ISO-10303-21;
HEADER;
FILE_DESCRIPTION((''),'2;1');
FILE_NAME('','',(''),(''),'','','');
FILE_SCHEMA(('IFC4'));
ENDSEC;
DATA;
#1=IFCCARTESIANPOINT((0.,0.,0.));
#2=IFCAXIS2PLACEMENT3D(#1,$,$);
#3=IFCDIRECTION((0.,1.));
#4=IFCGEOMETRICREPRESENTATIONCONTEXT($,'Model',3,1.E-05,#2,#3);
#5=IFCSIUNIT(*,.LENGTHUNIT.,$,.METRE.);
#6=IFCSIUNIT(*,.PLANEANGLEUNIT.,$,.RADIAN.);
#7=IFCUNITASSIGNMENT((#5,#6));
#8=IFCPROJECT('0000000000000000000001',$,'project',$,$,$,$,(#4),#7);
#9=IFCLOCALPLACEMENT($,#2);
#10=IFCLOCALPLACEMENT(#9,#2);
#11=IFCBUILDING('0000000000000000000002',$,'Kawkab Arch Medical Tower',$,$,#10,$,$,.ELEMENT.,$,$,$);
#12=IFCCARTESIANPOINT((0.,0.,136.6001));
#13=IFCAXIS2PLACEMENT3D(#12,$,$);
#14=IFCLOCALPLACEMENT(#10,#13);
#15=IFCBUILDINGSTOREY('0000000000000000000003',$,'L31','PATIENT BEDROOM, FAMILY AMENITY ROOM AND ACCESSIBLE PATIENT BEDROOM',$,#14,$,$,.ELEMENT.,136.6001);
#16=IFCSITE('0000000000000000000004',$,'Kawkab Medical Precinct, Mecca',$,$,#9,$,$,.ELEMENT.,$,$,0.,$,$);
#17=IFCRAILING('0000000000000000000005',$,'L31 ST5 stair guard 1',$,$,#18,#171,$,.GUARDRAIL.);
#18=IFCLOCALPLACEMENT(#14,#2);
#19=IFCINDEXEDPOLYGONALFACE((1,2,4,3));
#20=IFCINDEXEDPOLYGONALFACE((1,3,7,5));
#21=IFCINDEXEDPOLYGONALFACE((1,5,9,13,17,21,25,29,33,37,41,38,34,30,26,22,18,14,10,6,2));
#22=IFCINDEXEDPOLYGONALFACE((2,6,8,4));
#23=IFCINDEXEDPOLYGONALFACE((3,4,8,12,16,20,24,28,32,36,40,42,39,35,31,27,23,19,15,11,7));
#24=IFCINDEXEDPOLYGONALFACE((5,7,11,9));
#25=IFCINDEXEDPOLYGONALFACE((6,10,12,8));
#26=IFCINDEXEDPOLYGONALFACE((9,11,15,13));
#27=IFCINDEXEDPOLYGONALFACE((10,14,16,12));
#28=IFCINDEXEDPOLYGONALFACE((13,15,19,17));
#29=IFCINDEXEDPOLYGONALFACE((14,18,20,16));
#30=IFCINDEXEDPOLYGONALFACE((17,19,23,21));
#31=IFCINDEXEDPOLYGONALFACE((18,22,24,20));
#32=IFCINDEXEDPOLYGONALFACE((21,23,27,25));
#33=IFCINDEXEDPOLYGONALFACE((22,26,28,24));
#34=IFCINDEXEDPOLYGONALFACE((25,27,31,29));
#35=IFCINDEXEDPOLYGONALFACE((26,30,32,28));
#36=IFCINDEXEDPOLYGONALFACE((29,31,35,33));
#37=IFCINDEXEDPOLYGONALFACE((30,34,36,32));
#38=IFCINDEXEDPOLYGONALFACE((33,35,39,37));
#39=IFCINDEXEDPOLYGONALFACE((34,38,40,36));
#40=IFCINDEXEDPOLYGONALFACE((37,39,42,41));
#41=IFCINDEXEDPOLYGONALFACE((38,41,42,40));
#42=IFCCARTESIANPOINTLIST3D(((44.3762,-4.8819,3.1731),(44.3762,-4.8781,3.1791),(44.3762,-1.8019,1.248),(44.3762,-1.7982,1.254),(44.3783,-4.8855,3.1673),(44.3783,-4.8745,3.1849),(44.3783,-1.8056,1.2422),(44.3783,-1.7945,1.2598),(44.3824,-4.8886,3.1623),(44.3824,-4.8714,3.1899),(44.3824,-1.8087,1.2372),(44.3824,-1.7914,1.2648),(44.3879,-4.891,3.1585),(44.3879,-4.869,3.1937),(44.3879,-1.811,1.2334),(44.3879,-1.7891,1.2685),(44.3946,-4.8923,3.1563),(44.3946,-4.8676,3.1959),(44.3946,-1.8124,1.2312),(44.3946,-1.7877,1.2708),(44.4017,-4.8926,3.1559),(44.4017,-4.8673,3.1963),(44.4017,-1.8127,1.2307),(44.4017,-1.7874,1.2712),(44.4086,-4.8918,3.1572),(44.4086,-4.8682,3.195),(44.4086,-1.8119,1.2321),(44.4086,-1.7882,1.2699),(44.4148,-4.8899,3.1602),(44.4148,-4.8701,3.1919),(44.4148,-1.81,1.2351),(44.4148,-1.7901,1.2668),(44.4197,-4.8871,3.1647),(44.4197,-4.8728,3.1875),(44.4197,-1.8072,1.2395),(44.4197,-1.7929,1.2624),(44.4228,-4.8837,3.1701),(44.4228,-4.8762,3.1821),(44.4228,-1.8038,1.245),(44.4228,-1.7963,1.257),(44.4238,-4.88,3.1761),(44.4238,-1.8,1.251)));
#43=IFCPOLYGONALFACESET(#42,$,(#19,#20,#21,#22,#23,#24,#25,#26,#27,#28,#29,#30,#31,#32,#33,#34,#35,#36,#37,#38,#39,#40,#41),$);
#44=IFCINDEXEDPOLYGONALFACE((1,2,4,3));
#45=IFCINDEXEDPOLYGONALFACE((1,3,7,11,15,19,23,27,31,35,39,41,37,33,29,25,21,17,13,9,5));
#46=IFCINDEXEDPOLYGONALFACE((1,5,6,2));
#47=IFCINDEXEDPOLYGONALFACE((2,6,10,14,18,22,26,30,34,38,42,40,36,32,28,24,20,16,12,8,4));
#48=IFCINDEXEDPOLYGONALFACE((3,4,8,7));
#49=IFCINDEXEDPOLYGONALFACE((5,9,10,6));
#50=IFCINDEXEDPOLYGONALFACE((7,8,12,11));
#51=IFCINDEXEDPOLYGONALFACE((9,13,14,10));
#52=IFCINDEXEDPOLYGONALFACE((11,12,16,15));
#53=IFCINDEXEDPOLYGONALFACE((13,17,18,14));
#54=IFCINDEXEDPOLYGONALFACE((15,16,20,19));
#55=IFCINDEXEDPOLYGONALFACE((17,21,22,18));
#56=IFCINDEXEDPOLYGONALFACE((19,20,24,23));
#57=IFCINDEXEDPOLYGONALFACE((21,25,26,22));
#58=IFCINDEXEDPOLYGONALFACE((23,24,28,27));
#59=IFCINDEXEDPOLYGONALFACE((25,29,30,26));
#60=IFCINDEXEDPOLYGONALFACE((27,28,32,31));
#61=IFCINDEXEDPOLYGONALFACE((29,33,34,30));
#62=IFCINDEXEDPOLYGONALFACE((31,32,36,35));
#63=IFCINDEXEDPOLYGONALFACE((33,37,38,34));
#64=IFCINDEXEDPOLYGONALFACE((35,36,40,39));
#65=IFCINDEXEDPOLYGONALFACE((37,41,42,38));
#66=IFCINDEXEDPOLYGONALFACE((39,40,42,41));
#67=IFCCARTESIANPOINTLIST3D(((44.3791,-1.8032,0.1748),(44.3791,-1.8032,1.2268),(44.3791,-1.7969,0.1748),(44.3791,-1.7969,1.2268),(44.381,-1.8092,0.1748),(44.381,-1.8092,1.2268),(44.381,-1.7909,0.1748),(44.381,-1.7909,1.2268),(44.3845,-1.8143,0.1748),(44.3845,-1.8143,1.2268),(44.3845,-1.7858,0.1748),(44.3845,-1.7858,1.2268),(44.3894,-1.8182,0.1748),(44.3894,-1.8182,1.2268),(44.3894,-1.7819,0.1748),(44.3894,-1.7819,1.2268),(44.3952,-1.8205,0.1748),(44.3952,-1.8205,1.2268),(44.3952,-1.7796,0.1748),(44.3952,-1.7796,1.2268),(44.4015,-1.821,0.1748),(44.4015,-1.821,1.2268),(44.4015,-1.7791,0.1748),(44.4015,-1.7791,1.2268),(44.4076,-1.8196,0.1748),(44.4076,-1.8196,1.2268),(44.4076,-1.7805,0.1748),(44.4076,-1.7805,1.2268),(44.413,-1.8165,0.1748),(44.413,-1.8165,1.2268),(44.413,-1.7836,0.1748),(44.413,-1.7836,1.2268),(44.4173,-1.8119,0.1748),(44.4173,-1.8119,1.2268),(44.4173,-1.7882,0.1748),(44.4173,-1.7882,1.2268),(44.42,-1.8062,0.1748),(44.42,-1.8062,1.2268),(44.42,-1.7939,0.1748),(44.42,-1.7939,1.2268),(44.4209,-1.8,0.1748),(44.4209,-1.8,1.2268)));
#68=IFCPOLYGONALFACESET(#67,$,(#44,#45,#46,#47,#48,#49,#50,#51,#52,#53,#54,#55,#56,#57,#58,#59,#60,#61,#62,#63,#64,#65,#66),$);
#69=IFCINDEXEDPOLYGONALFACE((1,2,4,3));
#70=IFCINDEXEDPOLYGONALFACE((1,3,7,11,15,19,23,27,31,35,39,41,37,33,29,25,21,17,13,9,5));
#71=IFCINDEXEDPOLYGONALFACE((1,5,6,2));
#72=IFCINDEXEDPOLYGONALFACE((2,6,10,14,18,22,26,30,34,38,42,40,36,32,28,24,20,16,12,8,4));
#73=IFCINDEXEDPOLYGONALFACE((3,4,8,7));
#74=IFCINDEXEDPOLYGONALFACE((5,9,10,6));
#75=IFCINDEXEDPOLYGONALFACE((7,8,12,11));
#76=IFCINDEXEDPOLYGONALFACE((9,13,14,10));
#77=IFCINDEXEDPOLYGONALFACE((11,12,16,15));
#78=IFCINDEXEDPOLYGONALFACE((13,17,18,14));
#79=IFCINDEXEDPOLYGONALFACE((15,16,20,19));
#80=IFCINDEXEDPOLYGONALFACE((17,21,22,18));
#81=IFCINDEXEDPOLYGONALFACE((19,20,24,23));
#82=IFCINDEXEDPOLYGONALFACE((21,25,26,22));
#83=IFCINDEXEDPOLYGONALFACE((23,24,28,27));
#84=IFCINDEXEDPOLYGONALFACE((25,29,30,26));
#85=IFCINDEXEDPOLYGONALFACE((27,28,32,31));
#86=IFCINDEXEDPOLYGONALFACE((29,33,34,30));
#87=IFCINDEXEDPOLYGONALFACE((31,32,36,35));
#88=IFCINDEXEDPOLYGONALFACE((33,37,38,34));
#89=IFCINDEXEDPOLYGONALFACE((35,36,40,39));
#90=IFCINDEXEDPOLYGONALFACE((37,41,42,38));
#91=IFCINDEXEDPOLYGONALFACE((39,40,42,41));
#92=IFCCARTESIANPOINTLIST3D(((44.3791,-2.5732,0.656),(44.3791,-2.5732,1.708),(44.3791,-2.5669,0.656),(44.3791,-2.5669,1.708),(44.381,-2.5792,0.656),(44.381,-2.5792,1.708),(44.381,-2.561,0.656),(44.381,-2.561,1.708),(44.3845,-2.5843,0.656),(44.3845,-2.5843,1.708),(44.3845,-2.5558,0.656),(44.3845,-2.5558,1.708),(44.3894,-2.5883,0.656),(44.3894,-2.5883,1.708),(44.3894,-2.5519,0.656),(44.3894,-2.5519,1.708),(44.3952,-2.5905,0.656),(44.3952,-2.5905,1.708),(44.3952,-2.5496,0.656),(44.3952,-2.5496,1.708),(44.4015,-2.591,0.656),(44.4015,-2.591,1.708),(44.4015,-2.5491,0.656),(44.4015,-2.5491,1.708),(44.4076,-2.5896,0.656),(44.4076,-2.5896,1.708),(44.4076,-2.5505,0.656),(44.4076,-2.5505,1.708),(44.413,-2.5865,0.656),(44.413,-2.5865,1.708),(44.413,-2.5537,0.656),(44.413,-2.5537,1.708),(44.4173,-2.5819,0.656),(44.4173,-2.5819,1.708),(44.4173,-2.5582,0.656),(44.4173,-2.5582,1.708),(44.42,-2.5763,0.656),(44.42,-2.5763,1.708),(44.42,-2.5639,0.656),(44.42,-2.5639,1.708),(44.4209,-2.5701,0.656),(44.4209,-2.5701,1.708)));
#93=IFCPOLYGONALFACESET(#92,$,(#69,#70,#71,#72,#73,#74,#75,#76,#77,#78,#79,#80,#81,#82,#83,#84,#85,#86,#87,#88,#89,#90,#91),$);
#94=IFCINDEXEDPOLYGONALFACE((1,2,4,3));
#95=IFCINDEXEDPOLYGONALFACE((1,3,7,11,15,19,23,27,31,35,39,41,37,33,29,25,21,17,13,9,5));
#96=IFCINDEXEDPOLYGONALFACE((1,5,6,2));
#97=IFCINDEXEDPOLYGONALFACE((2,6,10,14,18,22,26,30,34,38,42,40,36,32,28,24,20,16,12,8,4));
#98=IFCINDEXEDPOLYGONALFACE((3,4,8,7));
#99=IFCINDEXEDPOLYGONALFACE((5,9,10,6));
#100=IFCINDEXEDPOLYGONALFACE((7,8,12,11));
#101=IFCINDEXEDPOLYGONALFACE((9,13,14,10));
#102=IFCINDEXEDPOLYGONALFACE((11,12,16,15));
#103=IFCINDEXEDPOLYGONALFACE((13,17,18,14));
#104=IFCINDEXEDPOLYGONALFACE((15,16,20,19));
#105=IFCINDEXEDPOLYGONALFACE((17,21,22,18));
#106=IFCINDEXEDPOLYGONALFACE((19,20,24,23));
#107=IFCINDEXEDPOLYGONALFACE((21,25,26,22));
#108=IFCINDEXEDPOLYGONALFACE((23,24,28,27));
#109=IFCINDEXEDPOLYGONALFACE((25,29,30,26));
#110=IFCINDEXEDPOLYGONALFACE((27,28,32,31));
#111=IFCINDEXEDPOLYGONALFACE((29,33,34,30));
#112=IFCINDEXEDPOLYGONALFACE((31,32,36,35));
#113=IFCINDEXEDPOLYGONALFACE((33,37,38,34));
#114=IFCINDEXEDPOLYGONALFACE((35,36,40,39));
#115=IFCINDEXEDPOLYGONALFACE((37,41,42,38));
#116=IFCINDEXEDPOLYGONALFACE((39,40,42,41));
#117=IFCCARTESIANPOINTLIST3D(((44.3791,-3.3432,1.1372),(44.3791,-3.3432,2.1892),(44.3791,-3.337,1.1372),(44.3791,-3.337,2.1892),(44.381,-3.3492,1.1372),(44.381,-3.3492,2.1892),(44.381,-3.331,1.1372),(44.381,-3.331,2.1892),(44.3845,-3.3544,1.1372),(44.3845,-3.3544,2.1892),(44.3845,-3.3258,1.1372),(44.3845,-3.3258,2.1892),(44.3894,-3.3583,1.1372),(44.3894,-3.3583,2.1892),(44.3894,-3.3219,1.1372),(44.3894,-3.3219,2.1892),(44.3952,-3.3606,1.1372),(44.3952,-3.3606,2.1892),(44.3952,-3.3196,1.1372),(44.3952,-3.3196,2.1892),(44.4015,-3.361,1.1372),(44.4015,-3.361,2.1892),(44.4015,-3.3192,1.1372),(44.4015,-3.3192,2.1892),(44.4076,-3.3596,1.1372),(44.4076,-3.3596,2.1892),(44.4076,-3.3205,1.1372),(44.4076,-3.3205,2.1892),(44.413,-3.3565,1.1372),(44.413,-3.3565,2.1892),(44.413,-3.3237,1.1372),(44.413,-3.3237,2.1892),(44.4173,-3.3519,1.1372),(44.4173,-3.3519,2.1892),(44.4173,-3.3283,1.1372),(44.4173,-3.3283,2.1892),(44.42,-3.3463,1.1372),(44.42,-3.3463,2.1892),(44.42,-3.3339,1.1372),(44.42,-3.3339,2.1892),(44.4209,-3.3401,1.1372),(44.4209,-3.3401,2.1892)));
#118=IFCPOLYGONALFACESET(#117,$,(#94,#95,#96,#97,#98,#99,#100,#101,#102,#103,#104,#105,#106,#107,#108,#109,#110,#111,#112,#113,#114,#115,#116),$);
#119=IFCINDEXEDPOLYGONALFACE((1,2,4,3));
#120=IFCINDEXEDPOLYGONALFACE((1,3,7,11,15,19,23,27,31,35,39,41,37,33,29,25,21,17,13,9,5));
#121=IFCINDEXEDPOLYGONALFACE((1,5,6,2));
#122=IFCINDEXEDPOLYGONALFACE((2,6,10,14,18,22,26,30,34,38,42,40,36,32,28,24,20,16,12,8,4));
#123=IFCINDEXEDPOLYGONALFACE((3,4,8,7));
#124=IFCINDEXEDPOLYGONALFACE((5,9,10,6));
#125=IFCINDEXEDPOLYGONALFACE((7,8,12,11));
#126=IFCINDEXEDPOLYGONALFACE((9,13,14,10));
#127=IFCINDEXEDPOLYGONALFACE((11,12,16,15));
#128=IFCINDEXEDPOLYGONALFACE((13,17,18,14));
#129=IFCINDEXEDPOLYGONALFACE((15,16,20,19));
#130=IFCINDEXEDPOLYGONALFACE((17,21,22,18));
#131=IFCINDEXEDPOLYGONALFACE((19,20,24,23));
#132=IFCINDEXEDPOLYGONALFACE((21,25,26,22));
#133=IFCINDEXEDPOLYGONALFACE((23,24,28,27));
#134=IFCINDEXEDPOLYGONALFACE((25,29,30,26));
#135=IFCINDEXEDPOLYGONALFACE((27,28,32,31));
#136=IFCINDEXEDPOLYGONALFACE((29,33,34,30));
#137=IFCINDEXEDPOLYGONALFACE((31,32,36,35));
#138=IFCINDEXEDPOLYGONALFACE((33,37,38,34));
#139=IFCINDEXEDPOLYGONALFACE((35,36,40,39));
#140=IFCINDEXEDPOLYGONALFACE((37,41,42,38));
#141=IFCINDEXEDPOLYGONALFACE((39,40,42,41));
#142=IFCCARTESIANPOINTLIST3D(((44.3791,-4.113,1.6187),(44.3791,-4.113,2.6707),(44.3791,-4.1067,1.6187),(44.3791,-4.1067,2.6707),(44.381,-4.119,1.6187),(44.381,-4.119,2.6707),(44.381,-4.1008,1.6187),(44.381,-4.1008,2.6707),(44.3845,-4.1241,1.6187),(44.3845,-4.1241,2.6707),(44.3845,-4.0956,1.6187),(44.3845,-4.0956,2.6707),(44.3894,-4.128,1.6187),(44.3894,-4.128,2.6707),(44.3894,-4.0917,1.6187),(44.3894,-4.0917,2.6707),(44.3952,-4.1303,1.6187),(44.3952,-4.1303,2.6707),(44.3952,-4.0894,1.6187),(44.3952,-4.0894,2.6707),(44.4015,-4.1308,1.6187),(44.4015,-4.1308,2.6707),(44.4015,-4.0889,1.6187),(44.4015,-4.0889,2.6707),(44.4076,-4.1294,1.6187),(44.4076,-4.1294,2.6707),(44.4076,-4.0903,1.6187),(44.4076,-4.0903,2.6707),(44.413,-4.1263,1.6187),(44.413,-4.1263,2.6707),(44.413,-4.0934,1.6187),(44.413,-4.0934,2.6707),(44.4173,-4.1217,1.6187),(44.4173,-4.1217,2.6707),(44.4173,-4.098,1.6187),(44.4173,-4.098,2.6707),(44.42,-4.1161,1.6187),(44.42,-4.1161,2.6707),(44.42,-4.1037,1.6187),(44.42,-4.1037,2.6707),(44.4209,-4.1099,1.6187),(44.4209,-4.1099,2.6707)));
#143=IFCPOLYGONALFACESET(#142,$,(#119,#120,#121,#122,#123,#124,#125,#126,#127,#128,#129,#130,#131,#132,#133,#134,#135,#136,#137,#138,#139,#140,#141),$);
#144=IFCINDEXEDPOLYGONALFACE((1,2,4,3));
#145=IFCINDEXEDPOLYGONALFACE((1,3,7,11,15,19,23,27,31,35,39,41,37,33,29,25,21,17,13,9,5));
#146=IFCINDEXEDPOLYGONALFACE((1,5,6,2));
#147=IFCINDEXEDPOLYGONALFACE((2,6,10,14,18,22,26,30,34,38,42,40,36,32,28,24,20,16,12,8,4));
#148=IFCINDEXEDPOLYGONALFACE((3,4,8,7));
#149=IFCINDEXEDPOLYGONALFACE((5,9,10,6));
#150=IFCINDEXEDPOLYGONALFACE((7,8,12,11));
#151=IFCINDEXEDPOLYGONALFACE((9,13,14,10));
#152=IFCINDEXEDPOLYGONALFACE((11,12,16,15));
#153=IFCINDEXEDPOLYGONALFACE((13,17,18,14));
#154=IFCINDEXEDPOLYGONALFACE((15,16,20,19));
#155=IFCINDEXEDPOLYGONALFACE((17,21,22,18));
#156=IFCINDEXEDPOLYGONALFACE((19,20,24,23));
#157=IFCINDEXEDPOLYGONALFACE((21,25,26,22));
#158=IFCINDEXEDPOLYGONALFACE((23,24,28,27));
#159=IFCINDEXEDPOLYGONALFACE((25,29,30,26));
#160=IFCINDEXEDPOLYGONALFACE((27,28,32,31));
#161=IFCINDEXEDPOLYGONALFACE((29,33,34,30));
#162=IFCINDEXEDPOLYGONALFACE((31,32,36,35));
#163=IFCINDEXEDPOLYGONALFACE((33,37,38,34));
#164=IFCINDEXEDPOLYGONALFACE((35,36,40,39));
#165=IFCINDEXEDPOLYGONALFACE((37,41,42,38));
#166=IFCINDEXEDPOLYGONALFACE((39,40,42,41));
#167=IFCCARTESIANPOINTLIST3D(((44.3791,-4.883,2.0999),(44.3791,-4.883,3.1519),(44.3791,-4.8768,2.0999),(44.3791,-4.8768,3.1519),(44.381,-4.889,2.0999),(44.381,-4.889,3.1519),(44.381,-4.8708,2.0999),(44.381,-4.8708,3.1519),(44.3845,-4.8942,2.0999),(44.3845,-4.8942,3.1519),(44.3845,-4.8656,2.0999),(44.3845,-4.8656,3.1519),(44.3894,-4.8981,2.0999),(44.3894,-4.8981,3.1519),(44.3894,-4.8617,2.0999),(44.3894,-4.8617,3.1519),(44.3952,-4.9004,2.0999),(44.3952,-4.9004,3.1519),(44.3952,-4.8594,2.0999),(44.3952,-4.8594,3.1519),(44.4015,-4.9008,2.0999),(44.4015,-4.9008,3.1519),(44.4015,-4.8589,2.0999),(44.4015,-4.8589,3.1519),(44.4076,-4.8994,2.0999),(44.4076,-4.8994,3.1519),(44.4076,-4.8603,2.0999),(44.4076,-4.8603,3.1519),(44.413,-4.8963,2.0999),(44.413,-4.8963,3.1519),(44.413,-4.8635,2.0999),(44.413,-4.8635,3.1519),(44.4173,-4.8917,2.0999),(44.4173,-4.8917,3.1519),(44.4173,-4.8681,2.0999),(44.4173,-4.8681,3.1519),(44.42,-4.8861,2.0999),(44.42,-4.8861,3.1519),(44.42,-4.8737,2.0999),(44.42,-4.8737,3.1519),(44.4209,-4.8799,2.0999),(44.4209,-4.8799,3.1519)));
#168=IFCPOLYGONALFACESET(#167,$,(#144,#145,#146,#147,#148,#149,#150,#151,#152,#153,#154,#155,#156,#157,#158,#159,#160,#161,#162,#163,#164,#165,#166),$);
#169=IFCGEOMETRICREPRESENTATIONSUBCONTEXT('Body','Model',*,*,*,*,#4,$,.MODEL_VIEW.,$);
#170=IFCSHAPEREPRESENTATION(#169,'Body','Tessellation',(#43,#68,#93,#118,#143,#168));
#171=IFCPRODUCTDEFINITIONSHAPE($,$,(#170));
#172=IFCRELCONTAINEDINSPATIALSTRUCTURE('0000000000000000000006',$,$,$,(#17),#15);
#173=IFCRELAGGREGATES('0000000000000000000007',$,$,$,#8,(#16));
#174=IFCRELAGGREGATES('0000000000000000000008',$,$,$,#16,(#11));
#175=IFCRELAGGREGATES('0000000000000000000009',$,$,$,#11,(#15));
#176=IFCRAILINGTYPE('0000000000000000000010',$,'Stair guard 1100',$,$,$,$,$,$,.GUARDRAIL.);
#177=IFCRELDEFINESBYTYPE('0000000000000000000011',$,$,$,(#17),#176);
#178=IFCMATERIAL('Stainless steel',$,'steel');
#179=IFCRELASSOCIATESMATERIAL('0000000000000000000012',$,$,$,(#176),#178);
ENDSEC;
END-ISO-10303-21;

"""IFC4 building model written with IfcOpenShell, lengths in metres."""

from ifc_helpers import new_model, si_unit, direction, frame, origin, origin_2d, place, context, subcontext, project, spatial, circle, extrude, material, type_object, element, save


model = new_model("IFC4")

# Units and contexts
model_context = context("Model", 3, precision=1e-05, world=origin(), true_north=direction((0.0, 1.0)))
body_context = subcontext(model_context, "Body", "Model", "MODEL_VIEW")
ifc_project = project(units=[si_unit("LENGTHUNIT", "METRE"), si_unit("PLANEANGLEUNIT", "RADIAN")], contexts=[model_context])

# Site, building, storey
site_placement = place(None, origin())
site = spatial("IfcSite", under=ifc_project, at=site_placement, Name="Kawkab Medical Precinct, Mecca", CompositionType="ELEMENT", RefElevation=0.0)
building_placement = place(site_placement, origin())
building = spatial("IfcBuilding", under=site, at=building_placement, Name="Kawkab Arch Medical Tower", CompositionType="ELEMENT")
storey_placement = place(building_placement, frame((0.0, 0.0, 136.6001)))
storey = spatial("IfcBuildingStorey", under=building, at=storey_placement, Name="L31", Description="PATIENT BEDROOM, FAMILY AMENITY ROOM AND ACCESSIBLE PATIENT BEDROOM", CompositionType="ELEMENT", Elevation=136.6001)

# Railing
ifc_material_1 = material(Name="Stainless steel", Category="steel")
railing_type = type_object("IfcRailingType", Name="Stair guard 1100", PredefinedType="GUARDRAIL", material=ifc_material_1)
railing_1_placement = place(storey_placement, frame((44.3999, -1.8, 0.1748)))
element("IfcRailing", 1, at=railing_1_placement, inside=storey, type_object=railing_type, Name="L31 ST5 stair guard 1", PredefinedType="GUARDRAIL", context=body_context, shape_type="SweptSolid", body=[
    extrude(circle(Radius=0.0239, at=origin_2d()), frame((0.0, 0.0, 1.0762), z_axis=(0.0, -0.847979, 0.530029), x_axis=(1.0, 0.0, 0.0)), (0.0, 0.0, 1.0), 3.6321),
    extrude(circle(Radius=0.021, at=origin_2d()), origin(), (0.0, 0.0, 1.0), 1.052),
    extrude(circle(Radius=0.021, at=origin_2d()), frame((0.0, -0.77, 0.4812)), (0.0, 0.0, 1.0), 1.052),
    extrude(circle(Radius=0.021, at=origin_2d()), frame((0.0, -1.54, 0.9624)), (0.0, 0.0, 1.0), 1.052),
    extrude(circle(Radius=0.021, at=origin_2d()), frame((0.0, -2.3098, 1.4438)), (0.0, 0.0, 1.0), 1.052),
    extrude(circle(Radius=0.021, at=origin_2d()), frame((0.0, -3.0798, 1.925)), (0.0, 0.0, 1.0), 1.052),
])

save(model, "model.ifc")
